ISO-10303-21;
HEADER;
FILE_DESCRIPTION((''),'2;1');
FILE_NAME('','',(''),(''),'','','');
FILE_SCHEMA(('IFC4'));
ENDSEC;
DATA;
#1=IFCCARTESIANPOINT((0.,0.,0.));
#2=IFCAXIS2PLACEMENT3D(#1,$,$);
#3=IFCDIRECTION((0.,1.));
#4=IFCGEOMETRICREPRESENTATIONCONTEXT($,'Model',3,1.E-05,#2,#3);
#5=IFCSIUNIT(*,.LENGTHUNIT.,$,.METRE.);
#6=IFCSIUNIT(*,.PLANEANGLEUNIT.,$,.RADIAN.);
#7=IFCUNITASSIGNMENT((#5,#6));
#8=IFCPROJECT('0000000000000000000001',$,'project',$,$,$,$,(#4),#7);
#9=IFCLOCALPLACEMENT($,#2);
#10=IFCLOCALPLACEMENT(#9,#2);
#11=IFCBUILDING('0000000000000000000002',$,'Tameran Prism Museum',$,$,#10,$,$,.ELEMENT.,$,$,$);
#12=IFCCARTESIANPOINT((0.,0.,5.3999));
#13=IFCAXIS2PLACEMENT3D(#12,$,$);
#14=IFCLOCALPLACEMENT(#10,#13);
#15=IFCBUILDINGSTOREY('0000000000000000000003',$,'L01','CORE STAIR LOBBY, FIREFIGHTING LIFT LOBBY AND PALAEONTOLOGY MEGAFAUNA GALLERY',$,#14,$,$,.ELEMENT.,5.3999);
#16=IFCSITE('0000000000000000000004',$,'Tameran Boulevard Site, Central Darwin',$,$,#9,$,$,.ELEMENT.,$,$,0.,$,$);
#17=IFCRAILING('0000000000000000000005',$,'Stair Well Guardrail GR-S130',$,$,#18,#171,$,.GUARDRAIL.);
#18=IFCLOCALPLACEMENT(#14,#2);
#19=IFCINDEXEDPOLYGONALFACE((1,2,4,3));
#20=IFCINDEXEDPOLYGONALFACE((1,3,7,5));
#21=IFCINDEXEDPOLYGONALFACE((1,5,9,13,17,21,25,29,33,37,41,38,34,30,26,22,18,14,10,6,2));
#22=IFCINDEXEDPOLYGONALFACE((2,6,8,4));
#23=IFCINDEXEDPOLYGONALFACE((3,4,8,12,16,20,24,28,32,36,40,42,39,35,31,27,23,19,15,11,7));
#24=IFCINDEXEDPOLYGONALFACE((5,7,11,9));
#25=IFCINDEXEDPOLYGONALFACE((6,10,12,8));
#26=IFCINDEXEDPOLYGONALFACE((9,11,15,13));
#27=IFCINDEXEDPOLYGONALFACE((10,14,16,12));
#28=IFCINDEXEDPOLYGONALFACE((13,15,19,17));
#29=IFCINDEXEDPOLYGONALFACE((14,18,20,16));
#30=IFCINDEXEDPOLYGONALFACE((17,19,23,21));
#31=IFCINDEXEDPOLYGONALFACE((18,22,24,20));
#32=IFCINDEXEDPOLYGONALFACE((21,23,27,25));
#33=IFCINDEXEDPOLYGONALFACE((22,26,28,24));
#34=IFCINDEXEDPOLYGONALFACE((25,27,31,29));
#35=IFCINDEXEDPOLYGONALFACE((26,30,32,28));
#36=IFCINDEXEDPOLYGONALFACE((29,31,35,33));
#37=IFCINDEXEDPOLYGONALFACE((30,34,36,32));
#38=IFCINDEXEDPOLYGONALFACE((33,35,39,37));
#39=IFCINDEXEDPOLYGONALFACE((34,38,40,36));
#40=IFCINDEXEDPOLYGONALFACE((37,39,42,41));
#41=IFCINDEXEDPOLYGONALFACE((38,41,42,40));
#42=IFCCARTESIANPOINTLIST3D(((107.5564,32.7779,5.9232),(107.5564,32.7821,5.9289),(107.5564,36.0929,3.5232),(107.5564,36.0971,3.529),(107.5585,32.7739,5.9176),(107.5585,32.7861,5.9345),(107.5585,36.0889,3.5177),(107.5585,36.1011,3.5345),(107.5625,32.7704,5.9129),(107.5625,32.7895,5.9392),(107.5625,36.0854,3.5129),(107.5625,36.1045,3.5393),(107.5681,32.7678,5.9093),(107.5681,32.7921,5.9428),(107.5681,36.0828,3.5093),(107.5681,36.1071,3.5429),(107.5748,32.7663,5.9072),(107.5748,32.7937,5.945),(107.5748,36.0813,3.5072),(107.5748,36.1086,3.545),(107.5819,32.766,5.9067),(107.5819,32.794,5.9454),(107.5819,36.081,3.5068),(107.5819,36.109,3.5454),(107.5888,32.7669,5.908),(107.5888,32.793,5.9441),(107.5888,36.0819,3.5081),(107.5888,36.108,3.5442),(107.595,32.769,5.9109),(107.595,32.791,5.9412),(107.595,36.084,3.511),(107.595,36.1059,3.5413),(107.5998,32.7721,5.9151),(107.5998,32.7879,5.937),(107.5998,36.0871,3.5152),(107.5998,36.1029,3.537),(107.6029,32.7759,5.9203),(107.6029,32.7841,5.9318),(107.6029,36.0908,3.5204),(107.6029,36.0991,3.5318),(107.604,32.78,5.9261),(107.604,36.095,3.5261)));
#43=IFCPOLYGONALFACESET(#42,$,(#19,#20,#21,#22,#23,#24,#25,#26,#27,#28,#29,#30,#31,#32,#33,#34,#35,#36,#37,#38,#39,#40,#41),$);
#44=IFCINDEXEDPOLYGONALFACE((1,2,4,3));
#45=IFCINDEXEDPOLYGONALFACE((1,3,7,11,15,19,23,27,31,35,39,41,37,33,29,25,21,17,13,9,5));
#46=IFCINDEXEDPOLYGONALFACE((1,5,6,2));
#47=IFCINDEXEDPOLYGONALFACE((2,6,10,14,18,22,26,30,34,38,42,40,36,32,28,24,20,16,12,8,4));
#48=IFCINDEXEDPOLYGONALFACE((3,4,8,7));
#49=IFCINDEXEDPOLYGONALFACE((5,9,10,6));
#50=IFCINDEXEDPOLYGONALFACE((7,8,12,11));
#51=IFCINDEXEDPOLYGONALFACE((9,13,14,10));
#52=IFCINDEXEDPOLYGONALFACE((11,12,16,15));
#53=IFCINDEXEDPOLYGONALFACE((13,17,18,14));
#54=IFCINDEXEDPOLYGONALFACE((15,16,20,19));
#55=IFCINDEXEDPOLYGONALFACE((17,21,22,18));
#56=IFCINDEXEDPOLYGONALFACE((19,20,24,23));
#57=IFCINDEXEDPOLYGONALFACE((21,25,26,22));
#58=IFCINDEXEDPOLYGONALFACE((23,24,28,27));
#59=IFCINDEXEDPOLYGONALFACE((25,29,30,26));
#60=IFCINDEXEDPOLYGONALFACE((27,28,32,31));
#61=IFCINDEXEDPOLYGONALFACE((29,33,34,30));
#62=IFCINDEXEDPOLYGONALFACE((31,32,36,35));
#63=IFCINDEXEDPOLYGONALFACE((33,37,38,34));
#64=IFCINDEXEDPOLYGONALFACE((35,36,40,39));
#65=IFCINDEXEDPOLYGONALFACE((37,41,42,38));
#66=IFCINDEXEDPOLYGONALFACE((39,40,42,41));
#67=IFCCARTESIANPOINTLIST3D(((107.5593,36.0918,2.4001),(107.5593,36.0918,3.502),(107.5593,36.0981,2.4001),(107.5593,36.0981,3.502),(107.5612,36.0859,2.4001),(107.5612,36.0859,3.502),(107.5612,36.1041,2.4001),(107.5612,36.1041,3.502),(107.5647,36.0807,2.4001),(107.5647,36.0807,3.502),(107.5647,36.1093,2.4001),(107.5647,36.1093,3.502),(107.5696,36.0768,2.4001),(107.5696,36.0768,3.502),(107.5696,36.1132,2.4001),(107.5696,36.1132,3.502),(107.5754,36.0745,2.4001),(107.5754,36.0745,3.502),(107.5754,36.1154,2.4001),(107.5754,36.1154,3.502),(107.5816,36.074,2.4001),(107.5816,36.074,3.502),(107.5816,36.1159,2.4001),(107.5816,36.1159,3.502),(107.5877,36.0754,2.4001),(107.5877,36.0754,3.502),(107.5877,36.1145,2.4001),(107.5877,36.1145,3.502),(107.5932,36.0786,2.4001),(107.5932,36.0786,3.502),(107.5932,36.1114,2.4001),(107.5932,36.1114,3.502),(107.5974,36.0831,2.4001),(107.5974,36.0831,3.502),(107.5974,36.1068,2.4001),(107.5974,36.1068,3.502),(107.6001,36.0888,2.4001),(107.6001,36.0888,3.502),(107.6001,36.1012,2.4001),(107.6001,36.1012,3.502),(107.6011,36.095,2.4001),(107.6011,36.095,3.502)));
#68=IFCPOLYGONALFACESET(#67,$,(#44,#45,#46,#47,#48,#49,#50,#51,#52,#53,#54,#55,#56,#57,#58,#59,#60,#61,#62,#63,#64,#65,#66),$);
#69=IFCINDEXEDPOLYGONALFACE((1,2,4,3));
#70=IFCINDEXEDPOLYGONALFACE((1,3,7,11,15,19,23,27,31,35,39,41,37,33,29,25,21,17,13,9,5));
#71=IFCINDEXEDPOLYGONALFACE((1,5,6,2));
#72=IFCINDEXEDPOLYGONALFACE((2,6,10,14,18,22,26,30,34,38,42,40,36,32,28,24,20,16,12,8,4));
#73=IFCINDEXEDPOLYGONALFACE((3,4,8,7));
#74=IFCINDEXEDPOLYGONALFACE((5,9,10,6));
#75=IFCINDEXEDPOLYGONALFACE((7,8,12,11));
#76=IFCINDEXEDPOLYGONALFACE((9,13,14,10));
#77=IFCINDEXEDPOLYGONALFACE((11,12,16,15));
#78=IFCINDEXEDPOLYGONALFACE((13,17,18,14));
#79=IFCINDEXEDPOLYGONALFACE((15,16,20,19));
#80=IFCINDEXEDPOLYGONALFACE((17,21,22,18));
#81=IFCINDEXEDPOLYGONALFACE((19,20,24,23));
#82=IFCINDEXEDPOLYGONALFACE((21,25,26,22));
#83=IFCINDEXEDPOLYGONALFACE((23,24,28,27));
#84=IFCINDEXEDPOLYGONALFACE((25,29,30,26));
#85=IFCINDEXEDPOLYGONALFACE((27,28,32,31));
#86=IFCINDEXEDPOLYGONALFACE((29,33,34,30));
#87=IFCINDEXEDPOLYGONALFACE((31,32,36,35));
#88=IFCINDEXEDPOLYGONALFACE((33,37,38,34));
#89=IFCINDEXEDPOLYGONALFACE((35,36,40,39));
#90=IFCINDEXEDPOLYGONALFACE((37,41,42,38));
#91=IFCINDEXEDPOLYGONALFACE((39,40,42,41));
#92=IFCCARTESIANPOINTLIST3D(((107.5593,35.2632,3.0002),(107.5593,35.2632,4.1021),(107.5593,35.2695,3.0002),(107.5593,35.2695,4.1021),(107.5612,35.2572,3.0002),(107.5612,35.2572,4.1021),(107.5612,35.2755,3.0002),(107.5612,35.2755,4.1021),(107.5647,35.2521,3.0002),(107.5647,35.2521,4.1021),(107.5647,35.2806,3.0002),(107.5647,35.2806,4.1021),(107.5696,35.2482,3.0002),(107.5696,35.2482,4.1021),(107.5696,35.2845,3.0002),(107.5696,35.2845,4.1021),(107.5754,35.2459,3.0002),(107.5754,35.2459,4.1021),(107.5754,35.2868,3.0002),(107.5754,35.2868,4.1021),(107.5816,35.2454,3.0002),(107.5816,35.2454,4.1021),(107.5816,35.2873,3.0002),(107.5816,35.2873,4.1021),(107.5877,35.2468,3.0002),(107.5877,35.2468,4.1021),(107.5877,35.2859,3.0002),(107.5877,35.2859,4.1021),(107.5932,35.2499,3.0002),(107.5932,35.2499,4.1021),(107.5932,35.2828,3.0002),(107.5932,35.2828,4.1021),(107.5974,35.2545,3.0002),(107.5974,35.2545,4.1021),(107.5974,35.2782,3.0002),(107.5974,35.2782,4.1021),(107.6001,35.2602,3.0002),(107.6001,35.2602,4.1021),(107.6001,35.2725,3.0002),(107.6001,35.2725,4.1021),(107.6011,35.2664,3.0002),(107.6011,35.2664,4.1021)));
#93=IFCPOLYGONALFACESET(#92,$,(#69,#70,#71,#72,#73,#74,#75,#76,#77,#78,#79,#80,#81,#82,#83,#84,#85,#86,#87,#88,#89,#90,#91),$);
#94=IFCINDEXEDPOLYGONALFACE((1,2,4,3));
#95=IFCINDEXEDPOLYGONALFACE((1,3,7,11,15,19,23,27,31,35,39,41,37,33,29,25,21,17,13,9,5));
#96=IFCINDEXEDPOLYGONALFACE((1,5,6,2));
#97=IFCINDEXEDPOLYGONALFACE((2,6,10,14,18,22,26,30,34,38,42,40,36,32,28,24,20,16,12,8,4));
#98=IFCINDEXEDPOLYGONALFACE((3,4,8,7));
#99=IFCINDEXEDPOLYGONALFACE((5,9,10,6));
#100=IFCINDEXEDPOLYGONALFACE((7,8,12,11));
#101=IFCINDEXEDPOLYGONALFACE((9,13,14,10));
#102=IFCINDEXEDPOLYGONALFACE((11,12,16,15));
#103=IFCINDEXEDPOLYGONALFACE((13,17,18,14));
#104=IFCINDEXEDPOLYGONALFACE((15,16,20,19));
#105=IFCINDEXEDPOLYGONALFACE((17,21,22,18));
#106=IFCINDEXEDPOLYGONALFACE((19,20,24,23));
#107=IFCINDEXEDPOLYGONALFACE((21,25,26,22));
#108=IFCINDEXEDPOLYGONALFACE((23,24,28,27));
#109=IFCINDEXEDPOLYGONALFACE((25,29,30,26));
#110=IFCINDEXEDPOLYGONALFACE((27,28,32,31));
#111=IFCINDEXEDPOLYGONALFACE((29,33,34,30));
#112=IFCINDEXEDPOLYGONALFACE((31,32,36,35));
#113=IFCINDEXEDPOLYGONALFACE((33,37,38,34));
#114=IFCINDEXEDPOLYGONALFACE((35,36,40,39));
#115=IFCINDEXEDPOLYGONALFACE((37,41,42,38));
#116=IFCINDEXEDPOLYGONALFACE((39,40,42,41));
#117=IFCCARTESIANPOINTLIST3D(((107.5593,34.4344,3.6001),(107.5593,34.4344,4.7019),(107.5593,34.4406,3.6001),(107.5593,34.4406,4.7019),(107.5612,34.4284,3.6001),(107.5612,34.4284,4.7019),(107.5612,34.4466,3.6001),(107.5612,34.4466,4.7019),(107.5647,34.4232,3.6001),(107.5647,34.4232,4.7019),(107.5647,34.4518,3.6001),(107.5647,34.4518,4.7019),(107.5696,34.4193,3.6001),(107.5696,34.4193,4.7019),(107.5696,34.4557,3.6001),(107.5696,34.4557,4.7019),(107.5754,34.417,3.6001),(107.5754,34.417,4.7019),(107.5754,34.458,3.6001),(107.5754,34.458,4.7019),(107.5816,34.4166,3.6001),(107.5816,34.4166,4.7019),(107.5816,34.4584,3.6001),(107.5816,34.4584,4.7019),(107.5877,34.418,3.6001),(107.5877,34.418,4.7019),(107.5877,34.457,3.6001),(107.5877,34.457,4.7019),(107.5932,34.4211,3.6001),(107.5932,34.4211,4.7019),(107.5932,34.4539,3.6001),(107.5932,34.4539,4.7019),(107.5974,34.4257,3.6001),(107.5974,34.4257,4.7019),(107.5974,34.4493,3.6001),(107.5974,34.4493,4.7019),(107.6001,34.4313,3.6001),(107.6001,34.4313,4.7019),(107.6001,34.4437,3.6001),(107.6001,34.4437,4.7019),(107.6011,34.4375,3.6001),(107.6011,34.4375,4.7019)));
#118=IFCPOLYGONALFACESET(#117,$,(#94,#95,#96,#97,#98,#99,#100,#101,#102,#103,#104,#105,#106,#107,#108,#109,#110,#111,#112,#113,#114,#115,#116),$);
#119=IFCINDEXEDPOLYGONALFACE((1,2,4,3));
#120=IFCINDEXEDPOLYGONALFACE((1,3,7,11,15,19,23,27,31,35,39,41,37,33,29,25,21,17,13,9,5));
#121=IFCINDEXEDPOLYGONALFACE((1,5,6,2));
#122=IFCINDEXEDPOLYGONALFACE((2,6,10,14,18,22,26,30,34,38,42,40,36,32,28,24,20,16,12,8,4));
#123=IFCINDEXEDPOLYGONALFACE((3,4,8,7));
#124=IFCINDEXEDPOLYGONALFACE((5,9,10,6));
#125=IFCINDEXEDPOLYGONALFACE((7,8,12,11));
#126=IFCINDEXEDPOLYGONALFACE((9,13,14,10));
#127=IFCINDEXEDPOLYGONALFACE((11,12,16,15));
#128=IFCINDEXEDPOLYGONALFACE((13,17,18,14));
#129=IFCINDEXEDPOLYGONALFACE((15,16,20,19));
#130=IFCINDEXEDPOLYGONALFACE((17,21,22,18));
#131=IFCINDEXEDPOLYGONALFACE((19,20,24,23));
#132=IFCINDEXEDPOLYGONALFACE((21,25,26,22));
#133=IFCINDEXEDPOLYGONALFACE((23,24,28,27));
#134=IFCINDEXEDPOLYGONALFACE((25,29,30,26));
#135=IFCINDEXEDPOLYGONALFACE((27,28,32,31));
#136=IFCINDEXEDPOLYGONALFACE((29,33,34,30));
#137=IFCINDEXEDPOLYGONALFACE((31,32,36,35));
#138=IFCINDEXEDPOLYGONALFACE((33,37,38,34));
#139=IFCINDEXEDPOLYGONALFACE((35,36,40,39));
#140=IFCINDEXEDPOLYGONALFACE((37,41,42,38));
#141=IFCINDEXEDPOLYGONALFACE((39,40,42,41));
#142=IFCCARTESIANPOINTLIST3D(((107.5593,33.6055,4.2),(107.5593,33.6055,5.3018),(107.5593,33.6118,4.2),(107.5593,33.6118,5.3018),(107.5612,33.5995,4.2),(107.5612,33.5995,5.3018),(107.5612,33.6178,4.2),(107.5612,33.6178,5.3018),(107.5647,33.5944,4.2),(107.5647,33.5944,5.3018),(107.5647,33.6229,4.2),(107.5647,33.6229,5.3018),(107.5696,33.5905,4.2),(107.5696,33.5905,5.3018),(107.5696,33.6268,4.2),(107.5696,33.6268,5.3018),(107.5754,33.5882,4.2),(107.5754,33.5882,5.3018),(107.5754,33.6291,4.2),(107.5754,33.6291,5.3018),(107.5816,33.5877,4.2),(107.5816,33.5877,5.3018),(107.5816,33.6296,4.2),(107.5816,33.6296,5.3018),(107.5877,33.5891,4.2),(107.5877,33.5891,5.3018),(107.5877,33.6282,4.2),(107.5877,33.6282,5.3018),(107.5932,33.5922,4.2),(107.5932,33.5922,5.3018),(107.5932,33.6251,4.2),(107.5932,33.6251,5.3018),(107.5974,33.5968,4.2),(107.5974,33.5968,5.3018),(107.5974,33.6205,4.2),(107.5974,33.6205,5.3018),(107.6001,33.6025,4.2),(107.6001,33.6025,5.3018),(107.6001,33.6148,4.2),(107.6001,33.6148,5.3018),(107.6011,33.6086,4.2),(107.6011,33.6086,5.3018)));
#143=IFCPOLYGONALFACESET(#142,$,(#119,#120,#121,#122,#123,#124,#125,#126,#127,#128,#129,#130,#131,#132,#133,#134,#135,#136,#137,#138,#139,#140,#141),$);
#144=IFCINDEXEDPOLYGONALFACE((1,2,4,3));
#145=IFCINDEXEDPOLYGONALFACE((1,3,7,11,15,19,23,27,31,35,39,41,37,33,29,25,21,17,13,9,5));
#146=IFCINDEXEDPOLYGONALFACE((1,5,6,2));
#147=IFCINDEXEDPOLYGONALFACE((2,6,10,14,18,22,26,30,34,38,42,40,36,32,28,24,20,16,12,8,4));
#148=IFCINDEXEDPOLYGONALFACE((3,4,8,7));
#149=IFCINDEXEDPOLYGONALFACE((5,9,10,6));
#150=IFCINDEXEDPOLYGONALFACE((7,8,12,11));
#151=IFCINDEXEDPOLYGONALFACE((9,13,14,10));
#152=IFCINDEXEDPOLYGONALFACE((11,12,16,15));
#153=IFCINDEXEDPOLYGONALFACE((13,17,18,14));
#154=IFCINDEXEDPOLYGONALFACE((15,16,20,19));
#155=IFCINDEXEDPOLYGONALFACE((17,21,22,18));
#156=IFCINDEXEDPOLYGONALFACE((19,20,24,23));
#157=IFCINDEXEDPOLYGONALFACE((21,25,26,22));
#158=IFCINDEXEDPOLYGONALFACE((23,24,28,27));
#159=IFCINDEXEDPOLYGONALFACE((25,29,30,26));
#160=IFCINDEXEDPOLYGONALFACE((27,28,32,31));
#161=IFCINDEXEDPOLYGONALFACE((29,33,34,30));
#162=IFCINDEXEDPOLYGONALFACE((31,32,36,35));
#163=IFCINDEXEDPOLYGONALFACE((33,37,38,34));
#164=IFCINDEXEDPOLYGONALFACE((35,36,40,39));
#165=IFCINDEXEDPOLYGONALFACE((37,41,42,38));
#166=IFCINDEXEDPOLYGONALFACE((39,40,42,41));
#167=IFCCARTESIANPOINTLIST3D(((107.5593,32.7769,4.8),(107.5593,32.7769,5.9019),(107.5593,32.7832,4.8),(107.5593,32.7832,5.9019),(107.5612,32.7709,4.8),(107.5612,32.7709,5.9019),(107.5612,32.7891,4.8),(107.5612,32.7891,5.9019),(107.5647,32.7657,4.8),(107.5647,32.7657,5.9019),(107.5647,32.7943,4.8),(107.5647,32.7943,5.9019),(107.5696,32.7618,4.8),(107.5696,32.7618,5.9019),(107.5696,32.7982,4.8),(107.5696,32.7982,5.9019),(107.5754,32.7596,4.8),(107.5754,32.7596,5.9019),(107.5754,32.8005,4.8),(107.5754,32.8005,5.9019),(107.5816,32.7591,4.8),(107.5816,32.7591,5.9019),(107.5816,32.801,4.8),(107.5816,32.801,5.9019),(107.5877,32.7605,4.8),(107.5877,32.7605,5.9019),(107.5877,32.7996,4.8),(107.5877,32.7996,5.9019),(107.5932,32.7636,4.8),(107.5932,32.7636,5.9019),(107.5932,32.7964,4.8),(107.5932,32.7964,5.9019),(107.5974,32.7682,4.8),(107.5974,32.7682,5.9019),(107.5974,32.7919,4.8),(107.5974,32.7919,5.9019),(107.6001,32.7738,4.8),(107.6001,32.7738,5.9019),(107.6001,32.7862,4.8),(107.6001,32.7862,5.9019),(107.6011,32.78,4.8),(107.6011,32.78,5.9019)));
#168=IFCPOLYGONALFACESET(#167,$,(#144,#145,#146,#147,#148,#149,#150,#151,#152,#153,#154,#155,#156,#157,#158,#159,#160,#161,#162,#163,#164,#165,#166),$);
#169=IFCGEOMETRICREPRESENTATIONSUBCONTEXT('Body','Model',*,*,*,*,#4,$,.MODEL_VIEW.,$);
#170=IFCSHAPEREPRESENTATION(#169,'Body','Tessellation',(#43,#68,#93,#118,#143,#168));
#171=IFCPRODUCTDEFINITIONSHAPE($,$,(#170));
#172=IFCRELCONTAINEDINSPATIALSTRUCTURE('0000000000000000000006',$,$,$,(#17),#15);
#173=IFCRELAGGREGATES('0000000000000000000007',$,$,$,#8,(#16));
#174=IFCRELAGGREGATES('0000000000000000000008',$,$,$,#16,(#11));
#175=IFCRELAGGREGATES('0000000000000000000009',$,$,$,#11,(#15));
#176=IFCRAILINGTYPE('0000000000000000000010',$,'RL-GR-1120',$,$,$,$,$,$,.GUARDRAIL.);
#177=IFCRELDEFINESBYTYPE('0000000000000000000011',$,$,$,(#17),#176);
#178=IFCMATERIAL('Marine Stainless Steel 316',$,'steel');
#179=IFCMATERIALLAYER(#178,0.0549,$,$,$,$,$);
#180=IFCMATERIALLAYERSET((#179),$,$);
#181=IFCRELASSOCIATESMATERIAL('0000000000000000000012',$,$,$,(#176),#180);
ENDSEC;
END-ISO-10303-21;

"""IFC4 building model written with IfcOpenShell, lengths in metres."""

from ifc_helpers import new_model, si_unit, direction, frame, origin, origin_2d, place, context, subcontext, project, spatial, circle, extrude, material, layer, layer_set, type_object, element, save


model = new_model("IFC4")

# Units and contexts
model_context = context("Model", 3, precision=1e-05, world=origin(), true_north=direction((0.0, 1.0)))
body_context = subcontext(model_context, "Body", "Model", "MODEL_VIEW")
ifc_project = project(units=[si_unit("LENGTHUNIT", "METRE"), si_unit("PLANEANGLEUNIT", "RADIAN")], contexts=[model_context])

# Site, building, storey
site_placement = place(None, origin())
site = spatial("IfcSite", under=ifc_project, at=site_placement, Name="Tameran Boulevard Site, Central Darwin", CompositionType="ELEMENT", RefElevation=0.0)
building_placement = place(site_placement, origin())
building = spatial("IfcBuilding", under=site, at=building_placement, Name="Tameran Prism Museum", CompositionType="ELEMENT")
storey_placement = place(building_placement, frame((0.0, 0.0, 5.3999)))
storey = spatial("IfcBuildingStorey", under=building, at=storey_placement, Name="L01", Description="CORE STAIR LOBBY, FIREFIGHTING LIFT LOBBY AND PALAEONTOLOGY MEGAFAUNA GALLERY", CompositionType="ELEMENT", Elevation=5.3999)

# Railing
ifc_material_1 = material(Name="Marine Stainless Steel 316", Category="steel")
ifc_layer_1 = layer(ifc_material_1, 0.0549)
ifc_layer_set_1 = layer_set([ifc_layer_1])
railing_type_1 = type_object("IfcRailingType", Name="RL-GR-1120", PredefinedType="GUARDRAIL", material=ifc_layer_set_1)
railing_1_placement = place(storey_placement, frame((107.5801, 36.095, 2.4001)))
element("IfcRailing", 1, at=railing_1_placement, inside=storey, type_object=railing_type_1, Name="Stair Well Guardrail GR-S130", PredefinedType="GUARDRAIL", context=body_context, shape_type="SweptSolid", body=[
    extrude(circle(Radius=0.0239, at=origin_2d()), frame((0.0, 0.0, 1.126), z_axis=(0.0, -0.810009, 0.586418), x_axis=(1.0, 0.0, 0.0)), (0.0, 0.0, 1.0), 4.0925),
    extrude(circle(Radius=0.021, at=origin_2d()), origin(), (0.0, 0.0, 1.0), 1.1018),
    extrude(circle(Radius=0.021, at=origin_2d()), frame((0.0, -0.8286, 0.6001)), (0.0, 0.0, 1.0), 1.1018),
    extrude(circle(Radius=0.021, at=origin_2d()), frame((0.0, -1.6575, 1.2)), (0.0, 0.0, 1.0), 1.1018),
    extrude(circle(Radius=0.021, at=origin_2d()), frame((0.0, -2.4863, 1.7998)), (0.0, 0.0, 1.0), 1.1018),
    extrude(circle(Radius=0.021, at=origin_2d()), frame((0.0, -3.3149, 2.3999)), (0.0, 0.0, 1.0), 1.1018),
])

save(model, "model.ifc")
